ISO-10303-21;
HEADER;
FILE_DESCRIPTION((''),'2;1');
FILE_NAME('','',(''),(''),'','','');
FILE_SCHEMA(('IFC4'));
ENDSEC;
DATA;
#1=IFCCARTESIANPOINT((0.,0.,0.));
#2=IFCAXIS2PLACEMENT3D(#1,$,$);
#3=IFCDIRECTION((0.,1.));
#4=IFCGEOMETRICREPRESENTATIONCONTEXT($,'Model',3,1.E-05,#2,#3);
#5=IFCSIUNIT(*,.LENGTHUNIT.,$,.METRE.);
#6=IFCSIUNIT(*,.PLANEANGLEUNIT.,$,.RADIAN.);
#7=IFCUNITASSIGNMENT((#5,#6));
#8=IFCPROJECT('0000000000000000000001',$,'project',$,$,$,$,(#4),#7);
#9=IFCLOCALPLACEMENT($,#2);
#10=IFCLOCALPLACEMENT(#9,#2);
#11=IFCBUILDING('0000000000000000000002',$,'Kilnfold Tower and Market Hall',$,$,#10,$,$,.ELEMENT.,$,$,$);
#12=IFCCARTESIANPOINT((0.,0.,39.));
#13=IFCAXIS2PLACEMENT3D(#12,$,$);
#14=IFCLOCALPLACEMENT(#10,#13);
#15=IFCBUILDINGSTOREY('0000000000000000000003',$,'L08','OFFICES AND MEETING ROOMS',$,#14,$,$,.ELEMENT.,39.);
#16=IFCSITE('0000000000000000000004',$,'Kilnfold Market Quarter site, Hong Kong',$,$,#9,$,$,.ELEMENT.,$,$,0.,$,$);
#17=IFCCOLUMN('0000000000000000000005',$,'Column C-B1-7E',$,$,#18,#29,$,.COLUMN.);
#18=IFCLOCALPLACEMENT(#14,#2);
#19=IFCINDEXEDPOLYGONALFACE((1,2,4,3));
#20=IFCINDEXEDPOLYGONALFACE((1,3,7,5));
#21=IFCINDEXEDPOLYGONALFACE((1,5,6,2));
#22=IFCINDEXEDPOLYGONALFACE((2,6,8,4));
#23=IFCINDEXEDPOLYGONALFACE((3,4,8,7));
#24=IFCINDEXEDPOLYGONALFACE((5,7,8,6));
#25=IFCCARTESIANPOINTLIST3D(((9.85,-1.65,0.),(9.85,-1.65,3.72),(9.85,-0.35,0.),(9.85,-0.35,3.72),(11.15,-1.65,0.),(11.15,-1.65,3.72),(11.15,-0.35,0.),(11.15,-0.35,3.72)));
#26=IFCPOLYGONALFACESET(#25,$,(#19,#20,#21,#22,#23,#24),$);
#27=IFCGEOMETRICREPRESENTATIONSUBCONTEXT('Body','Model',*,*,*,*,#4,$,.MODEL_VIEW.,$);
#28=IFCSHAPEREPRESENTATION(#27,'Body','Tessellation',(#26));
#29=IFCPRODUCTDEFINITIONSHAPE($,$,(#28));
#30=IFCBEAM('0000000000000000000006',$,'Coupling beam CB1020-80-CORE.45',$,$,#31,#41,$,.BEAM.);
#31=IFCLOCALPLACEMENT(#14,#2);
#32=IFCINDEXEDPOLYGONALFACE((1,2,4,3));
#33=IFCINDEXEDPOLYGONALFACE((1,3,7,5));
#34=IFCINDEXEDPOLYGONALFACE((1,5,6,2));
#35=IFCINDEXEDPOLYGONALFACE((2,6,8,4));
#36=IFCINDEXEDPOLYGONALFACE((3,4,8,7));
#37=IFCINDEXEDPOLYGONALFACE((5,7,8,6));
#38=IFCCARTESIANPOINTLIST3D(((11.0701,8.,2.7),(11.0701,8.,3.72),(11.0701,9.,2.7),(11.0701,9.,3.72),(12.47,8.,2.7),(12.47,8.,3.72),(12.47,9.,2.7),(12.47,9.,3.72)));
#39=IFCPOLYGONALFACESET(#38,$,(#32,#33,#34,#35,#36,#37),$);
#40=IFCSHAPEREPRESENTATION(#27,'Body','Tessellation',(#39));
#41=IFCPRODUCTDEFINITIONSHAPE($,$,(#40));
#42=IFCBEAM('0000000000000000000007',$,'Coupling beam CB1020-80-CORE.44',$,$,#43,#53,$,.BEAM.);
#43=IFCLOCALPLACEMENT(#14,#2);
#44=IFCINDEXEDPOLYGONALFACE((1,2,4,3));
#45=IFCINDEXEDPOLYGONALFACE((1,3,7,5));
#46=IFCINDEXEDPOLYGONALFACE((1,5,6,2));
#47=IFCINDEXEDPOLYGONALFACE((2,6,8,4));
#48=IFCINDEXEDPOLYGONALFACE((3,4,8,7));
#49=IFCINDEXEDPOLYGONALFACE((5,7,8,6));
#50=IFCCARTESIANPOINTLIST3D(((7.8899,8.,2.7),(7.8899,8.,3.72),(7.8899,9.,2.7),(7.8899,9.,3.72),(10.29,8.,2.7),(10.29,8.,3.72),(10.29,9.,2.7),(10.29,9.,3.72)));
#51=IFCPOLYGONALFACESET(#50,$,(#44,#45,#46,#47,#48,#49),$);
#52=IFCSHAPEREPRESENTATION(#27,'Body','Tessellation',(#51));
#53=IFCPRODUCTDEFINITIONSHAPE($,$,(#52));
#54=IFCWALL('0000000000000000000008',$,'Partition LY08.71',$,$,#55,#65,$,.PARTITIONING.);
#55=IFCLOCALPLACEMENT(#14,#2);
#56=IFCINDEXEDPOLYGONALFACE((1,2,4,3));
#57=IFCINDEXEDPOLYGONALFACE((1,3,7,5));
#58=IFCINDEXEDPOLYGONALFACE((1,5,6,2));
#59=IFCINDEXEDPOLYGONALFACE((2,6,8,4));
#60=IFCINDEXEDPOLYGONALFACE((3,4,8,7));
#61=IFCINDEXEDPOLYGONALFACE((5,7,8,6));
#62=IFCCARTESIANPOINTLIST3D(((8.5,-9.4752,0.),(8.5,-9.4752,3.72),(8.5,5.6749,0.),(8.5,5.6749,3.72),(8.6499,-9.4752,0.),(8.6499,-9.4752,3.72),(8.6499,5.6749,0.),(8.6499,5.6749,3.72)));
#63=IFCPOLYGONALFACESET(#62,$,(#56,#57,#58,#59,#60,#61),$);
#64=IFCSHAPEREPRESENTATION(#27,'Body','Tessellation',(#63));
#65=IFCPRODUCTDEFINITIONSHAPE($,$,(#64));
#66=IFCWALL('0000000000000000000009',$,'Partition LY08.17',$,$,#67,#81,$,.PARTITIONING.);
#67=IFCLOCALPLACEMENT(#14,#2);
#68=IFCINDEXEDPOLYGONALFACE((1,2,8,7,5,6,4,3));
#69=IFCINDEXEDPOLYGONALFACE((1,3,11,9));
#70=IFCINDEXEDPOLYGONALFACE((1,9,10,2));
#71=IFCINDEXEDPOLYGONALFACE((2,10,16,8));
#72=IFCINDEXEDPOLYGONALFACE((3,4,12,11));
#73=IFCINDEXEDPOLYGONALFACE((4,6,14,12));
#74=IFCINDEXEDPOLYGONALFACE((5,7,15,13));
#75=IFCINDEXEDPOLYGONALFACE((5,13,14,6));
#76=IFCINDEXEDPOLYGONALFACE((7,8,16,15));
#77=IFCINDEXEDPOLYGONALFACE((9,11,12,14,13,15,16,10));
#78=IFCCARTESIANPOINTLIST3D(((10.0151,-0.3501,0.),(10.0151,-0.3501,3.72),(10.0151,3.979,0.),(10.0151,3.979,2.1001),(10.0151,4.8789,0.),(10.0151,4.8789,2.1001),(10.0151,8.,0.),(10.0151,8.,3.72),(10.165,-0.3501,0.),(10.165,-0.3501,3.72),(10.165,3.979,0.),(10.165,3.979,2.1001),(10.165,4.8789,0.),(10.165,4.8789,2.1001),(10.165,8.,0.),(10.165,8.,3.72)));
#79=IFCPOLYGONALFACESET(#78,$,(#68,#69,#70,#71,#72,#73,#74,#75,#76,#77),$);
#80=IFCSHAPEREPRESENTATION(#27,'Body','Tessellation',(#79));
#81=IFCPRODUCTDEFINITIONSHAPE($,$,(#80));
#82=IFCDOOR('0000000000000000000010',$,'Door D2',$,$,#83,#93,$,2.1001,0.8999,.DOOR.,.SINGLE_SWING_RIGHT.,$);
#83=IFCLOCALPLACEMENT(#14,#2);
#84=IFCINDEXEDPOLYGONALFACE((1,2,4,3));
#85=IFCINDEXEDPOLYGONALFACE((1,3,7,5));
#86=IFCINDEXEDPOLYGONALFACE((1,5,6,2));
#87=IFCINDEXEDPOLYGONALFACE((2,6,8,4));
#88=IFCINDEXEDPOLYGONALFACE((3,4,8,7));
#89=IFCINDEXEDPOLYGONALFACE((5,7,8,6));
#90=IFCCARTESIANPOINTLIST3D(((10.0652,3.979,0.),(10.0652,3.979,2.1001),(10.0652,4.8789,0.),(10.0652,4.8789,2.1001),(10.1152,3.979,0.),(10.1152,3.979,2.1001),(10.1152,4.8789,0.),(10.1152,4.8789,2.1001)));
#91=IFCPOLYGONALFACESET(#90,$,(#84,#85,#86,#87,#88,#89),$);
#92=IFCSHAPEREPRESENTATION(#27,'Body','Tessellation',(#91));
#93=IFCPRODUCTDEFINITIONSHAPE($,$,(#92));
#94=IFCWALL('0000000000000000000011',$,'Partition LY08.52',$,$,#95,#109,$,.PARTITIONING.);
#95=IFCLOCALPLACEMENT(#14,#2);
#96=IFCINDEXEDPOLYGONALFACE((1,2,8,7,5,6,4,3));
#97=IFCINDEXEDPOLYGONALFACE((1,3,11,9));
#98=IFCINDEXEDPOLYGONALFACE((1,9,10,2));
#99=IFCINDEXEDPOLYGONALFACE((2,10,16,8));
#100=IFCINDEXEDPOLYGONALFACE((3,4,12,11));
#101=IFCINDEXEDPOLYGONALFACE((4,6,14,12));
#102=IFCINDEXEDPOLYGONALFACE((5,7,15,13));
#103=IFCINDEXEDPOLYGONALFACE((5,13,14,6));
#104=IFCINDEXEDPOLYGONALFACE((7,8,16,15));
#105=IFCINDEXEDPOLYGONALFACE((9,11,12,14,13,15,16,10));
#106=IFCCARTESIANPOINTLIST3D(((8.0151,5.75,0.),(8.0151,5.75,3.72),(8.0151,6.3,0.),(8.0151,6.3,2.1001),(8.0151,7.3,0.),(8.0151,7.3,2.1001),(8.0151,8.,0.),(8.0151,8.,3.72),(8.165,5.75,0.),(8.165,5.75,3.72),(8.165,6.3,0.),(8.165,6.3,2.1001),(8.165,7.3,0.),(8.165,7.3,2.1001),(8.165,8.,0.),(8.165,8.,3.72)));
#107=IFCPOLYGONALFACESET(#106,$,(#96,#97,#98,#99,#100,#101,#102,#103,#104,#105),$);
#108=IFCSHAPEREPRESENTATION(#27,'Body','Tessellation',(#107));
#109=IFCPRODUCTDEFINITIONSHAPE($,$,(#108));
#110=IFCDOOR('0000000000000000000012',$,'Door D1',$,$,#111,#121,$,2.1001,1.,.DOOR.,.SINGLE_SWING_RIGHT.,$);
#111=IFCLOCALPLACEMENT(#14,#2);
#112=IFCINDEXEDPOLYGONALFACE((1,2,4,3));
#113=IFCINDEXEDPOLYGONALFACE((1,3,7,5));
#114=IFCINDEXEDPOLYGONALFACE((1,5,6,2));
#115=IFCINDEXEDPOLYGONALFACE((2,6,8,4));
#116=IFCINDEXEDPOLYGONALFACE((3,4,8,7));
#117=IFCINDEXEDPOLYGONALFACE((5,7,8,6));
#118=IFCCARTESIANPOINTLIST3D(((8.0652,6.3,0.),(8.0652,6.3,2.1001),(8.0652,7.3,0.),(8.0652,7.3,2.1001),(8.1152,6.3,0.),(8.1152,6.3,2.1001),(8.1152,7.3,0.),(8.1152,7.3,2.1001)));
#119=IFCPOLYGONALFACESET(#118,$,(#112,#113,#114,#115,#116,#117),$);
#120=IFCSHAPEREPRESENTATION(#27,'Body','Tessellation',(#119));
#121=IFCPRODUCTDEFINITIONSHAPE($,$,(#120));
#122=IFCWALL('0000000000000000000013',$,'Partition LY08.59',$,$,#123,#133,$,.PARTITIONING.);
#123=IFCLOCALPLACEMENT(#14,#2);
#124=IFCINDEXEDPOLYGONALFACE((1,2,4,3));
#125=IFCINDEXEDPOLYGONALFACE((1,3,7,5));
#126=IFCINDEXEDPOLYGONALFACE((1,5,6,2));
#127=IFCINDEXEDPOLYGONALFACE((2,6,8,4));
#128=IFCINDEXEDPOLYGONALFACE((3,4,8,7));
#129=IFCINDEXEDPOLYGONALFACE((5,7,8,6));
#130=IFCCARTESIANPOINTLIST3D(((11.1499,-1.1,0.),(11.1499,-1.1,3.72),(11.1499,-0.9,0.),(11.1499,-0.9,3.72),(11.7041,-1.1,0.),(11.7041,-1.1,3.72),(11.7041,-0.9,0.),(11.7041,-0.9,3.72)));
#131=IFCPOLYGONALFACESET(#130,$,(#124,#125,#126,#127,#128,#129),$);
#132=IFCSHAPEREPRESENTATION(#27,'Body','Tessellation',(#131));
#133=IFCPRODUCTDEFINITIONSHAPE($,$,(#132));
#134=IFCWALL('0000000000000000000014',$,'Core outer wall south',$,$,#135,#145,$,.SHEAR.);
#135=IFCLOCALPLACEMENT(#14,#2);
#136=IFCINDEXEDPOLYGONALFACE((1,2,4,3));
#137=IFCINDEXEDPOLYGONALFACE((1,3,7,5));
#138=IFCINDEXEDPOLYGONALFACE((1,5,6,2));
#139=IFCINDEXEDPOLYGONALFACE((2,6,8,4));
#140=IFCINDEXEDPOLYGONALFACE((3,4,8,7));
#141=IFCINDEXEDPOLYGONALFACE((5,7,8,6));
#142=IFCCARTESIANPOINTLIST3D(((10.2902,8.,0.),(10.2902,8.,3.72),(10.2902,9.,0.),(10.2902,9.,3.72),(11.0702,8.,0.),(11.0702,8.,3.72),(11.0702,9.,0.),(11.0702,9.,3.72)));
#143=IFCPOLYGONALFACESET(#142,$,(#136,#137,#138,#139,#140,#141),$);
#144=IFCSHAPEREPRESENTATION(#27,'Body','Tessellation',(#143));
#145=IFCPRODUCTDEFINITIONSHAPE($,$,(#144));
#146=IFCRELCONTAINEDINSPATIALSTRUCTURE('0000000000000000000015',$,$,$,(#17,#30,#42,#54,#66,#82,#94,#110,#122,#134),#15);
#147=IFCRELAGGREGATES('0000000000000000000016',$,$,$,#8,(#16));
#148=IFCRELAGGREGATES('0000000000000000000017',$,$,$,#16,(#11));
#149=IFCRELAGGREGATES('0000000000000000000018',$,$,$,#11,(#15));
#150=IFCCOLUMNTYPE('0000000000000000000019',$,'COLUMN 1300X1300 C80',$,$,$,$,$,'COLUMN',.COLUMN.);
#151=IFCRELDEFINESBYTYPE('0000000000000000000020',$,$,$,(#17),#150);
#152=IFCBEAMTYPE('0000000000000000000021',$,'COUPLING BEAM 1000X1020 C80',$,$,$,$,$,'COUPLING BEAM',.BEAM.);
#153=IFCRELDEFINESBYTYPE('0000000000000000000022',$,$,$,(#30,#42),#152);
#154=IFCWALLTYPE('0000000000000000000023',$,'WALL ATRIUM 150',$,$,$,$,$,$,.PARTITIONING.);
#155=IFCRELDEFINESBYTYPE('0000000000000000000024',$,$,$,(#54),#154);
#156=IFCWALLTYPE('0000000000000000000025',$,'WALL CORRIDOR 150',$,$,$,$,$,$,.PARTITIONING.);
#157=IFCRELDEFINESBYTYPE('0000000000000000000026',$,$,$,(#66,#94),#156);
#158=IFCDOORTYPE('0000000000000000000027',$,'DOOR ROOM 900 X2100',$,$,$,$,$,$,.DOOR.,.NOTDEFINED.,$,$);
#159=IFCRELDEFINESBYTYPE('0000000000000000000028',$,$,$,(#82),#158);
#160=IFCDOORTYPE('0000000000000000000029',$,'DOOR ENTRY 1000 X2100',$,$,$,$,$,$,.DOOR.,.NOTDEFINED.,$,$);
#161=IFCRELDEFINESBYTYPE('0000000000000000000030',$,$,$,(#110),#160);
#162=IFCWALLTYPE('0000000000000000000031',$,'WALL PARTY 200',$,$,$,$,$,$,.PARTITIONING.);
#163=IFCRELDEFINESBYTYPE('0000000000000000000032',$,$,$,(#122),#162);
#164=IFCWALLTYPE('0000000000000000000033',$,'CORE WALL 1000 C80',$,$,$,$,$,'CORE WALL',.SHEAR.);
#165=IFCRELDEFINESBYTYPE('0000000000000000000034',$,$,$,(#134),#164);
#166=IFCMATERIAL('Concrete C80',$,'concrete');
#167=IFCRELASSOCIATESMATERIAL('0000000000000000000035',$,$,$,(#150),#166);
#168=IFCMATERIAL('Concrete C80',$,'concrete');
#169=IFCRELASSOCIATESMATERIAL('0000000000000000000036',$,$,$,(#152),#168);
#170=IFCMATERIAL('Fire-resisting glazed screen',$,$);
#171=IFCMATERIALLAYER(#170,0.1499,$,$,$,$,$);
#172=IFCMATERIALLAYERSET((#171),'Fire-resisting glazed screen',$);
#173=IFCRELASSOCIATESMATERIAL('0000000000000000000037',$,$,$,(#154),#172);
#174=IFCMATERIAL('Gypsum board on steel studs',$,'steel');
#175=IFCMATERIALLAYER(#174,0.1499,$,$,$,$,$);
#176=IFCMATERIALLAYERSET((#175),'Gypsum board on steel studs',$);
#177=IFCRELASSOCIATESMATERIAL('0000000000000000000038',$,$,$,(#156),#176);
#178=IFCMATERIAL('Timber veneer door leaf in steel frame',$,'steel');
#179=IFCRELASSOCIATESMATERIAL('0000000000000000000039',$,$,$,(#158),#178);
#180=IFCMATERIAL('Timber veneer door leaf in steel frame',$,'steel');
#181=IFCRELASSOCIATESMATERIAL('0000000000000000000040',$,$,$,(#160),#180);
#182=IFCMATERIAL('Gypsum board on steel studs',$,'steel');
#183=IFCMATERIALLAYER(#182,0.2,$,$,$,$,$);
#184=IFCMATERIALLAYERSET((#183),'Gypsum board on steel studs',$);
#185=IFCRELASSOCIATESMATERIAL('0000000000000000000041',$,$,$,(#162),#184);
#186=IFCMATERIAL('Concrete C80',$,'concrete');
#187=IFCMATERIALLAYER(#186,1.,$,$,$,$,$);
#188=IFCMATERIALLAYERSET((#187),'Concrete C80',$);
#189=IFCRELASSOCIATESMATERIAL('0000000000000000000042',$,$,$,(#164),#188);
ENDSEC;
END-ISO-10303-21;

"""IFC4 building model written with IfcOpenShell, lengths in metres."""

from ifc_helpers import new_model, si_unit, direction, frame, frame_2d, origin, origin_2d, place, context, subcontext, project, spatial, rectangle, extrude, source, transform, mapped, material, layer, layer_set, material_profile, profile_set, type_object, element, fill, save


model = new_model("IFC4")

# Units and contexts
model_context = context("Model", 3, precision=1e-05, world=origin(), true_north=direction((0.0, 1.0)))
body_context = subcontext(model_context, "Body", "Model", "MODEL_VIEW")
ifc_project = project(units=[si_unit("LENGTHUNIT", "METRE"), si_unit("PLANEANGLEUNIT", "RADIAN")], contexts=[model_context])

# Site, building, storey
site_placement = place(None, origin())
site = spatial("IfcSite", under=ifc_project, at=site_placement, Name="Kilnfold Market Quarter site, Hong Kong", CompositionType="ELEMENT", RefElevation=0.0)
building_placement = place(site_placement, origin())
building = spatial("IfcBuilding", under=site, at=building_placement, Name="Kilnfold Tower and Market Hall", CompositionType="ELEMENT")
storey_placement = place(building_placement, frame((0.0, 0.0, 39.0)))
storey = spatial("IfcBuildingStorey", under=building, at=storey_placement, Name="L08", Description="OFFICES AND MEETING ROOMS", CompositionType="ELEMENT", Elevation=39.0)

# Column
ifc_material_1 = material(Name="Concrete C80", Category="concrete")
ifc_material_profile_1 = material_profile(ifc_material_1, rectangle(XDim=1.3, YDim=1.3, at=origin_2d()), Name="RC 1300x1300")
ifc_profile_set_1 = profile_set([ifc_material_profile_1], Name="Concrete C80")
column_type = type_object("IfcColumnType", Name="COLUMN 1300X1300 C80", ElementType="COLUMN", PredefinedType="COLUMN", material=ifc_profile_set_1)
shared_shape_1 = source(origin(), body_context, "Body", "SweptSolid", [
    extrude(rectangle(XDim=1.3, YDim=1.3, at=origin_2d()), origin(), (0.0, 0.0, 1.0), 3.72),
])
column_placement = place(storey_placement, frame((10.5, -1.0, 0.0), z_axis=(0.0, 0.0, 1.0), x_axis=(1.0, 0.0, 0.0)))
element("IfcColumn", 1, at=column_placement, inside=storey, type_object=column_type, Name="Column C-B1-7E", PredefinedType="COLUMN", context=body_context, shape_type="MappedRepresentation", body=[
    mapped(shared_shape_1, transform((0.0, 0.0, 0.0))),
])

# Beams
ifc_material_2 = material(Name="Concrete C80", Category="concrete")
ifc_material_profile_2 = material_profile(ifc_material_2, rectangle(XDim=1.0, YDim=1.02, at=origin_2d()), Name="RC 1000x1020")
ifc_profile_set_2 = profile_set([ifc_material_profile_2], Name="Concrete C80")
beam_type = type_object("IfcBeamType", Name="COUPLING BEAM 1000X1020 C80", ElementType="COUPLING BEAM", PredefinedType="BEAM", material=ifc_profile_set_2)
shared_shape_2 = source(origin(), body_context, "Body", "SweptSolid", [
    extrude(rectangle(XDim=1.0, YDim=1.02, at=origin_2d()), origin(), (0.0, 0.0, 1.0), 1.3999),
])
beam_1_placement = place(storey_placement, frame((11.0701, 8.5, 3.21), z_axis=(1.0, 0.0, 0.0), x_axis=(0.0, 1.0, 0.0)))
element("IfcBeam", 2, at=beam_1_placement, inside=storey, type_object=beam_type, Name="Coupling beam CB1020-80-CORE.45", PredefinedType="BEAM", context=body_context, shape_type="MappedRepresentation", body=[
    mapped(shared_shape_2, transform((0.0, 0.0, 0.0))),
])
shared_shape_3 = source(origin(), body_context, "Body", "SweptSolid", [
    extrude(rectangle(XDim=1.0, YDim=1.02, at=origin_2d()), origin(), (0.0, 0.0, 1.0), 2.4001),
])
beam_2_placement = place(storey_placement, frame((7.8899, 8.5, 3.21), z_axis=(1.0, 0.0, 0.0), x_axis=(0.0, 1.0, 0.0)))
element("IfcBeam", 3, at=beam_2_placement, inside=storey, type_object=beam_type, Name="Coupling beam CB1020-80-CORE.44", PredefinedType="BEAM", context=body_context, shape_type="MappedRepresentation", body=[
    mapped(shared_shape_3, transform((0.0, 0.0, 0.0))),
])

# Wall
ifc_material_3 = material(Name="Fire-resisting glazed screen")
ifc_layer_1 = layer(ifc_material_3, 0.1499)
ifc_layer_set_1 = layer_set([ifc_layer_1], Name="Fire-resisting glazed screen")
wall_type_1 = type_object("IfcWallType", Name="WALL ATRIUM 150", PredefinedType="PARTITIONING", material=ifc_layer_set_1)
wall_1_placement = place(storey_placement, frame((8.575, 5.675, 0.0), z_axis=(0.0, 0.0, 1.0), x_axis=(0.0, -1.0, 0.0)))
element("IfcWall", 4, at=wall_1_placement, inside=storey, type_object=wall_type_1, Name="Partition LY08.71", PredefinedType="PARTITIONING", context=body_context, shape_type="SweptSolid", body=[
    extrude(rectangle(XDim=15.1501, YDim=0.1499, at=frame_2d((7.5752, 0.0))), origin(), (0.0, 0.0, 1.0), 3.72),
])

# Walls, openings, doors
ifc_material_4 = material(Name="Gypsum board on steel studs", Category="steel")
ifc_layer_2 = layer(ifc_material_4, 0.1499)
ifc_layer_set_2 = layer_set([ifc_layer_2], Name="Gypsum board on steel studs")
wall_type_2 = type_object("IfcWallType", Name="WALL CORRIDOR 150", PredefinedType="PARTITIONING", material=ifc_layer_set_2)
wall_2_placement = place(storey_placement, frame((10.0901, -0.3501, 0.0), z_axis=(0.0, 0.0, 1.0), x_axis=(0.0, 1.0, 0.0)))
wall_2 = element("IfcWall", 5, at=wall_2_placement, inside=storey, type_object=wall_type_2, Name="Partition LY08.17", PredefinedType="PARTITIONING", context=body_context, shape_type="SweptSolid", body=[
    extrude(rectangle(XDim=8.3501, YDim=0.1499, at=frame_2d((4.175, 0.0))), origin(), (0.0, 0.0, 1.0), 3.72),
])
opening_1_placement = place(wall_2_placement, frame((4.3291, 0.0, 0.0)))
opening_1 = element("IfcOpeningElement", 6, at=opening_1_placement, cuts=wall_2, PredefinedType="OPENING", context=body_context, shape_type="SweptSolid", body=[
    extrude(rectangle(XDim=0.8999, YDim=2.1001, at=frame_2d((0.45, 1.05))), frame((0.0, 0.085, 0.0), z_axis=(0.0, -1.0, 0.0), x_axis=(1.0, 0.0, 0.0)), (0.0, 0.0, 1.0), 0.1699),
])
ifc_material_5 = material(Name="Timber veneer door leaf in steel frame", Category="steel")
door_type_1 = type_object("IfcDoorType", Name="DOOR ROOM 900 X2100", OperationType="NOTDEFINED", PredefinedType="DOOR", material=ifc_material_5)
door_1_placement = place(opening_1_placement, origin())
door_1 = element("IfcDoor", 7, at=door_1_placement, inside=storey, type_object=door_type_1, Name="Door D2", OperationType="SINGLE_SWING_RIGHT", OverallHeight=2.1001, OverallWidth=0.8999, PredefinedType="DOOR", context=body_context, shape_type="SweptSolid", body=[
    extrude(rectangle(XDim=0.8999, YDim=2.1001, at=frame_2d((0.45, 1.05))), frame((0.0, 0.0249, 0.0), z_axis=(0.0, -1.0, 0.0), x_axis=(1.0, 0.0, 0.0)), (0.0, 0.0, 1.0), 0.05),
])
fill(opening_1, door_1)
wall_3_placement = place(storey_placement, frame((8.0901, 5.75, 0.0), z_axis=(0.0, 0.0, 1.0), x_axis=(0.0, 1.0, 0.0)))
wall_3 = element("IfcWall", 8, at=wall_3_placement, inside=storey, type_object=wall_type_2, Name="Partition LY08.52", PredefinedType="PARTITIONING", context=body_context, shape_type="SweptSolid", body=[
    extrude(rectangle(XDim=2.25, YDim=0.1499, at=frame_2d((1.125, 0.0))), origin(), (0.0, 0.0, 1.0), 3.72),
])
opening_2_placement = place(wall_3_placement, frame((0.55, 0.0, 0.0)))
opening_2 = element("IfcOpeningElement", 9, at=opening_2_placement, cuts=wall_3, PredefinedType="OPENING", context=body_context, shape_type="SweptSolid", body=[
    extrude(rectangle(XDim=1.0, YDim=2.1001, at=frame_2d((0.5, 1.05))), frame((0.0, 0.085, 0.0), z_axis=(0.0, -1.0, 0.0), x_axis=(1.0, 0.0, 0.0)), (0.0, 0.0, 1.0), 0.1699),
])
ifc_material_6 = material(Name="Timber veneer door leaf in steel frame", Category="steel")
door_type_2 = type_object("IfcDoorType", Name="DOOR ENTRY 1000 X2100", OperationType="NOTDEFINED", PredefinedType="DOOR", material=ifc_material_6)
door_2_placement = place(opening_2_placement, origin())
door_2 = element("IfcDoor", 10, at=door_2_placement, inside=storey, type_object=door_type_2, Name="Door D1", OperationType="SINGLE_SWING_RIGHT", OverallHeight=2.1001, OverallWidth=1.0, PredefinedType="DOOR", context=body_context, shape_type="SweptSolid", body=[
    extrude(rectangle(XDim=1.0, YDim=2.1001, at=frame_2d((0.5, 1.05))), frame((0.0, 0.0249, 0.0), z_axis=(0.0, -1.0, 0.0), x_axis=(1.0, 0.0, 0.0)), (0.0, 0.0, 1.0), 0.05),
])
fill(opening_2, door_2)

# Walls
ifc_material_7 = material(Name="Gypsum board on steel studs", Category="steel")
ifc_layer_3 = layer(ifc_material_7, 0.2)
ifc_layer_set_3 = layer_set([ifc_layer_3], Name="Gypsum board on steel studs")
wall_type_3 = type_object("IfcWallType", Name="WALL PARTY 200", PredefinedType="PARTITIONING", material=ifc_layer_set_3)
wall_4_placement = place(storey_placement, frame((11.1499, -1.0, 0.0), z_axis=(0.0, 0.0, 1.0), x_axis=(1.0, 0.0, 0.0)))
element("IfcWall", 11, at=wall_4_placement, inside=storey, type_object=wall_type_3, Name="Partition LY08.59", PredefinedType="PARTITIONING", context=body_context, shape_type="SweptSolid", body=[
    extrude(rectangle(XDim=0.5542, YDim=0.2, at=frame_2d((0.2771, 0.0))), origin(), (0.0, 0.0, 1.0), 3.72),
])
ifc_material_8 = material(Name="Concrete C80", Category="concrete")
ifc_layer_4 = layer(ifc_material_8, 1.0)
ifc_layer_set_4 = layer_set([ifc_layer_4], Name="Concrete C80")
wall_type_4 = type_object("IfcWallType", Name="CORE WALL 1000 C80", ElementType="CORE WALL", PredefinedType="SHEAR", material=ifc_layer_set_4)
shared_shape_4 = source(origin(), body_context, "Body", "SweptSolid", [
    extrude(rectangle(XDim=0.78, YDim=1.0, at=frame_2d((0.3901, 0.0))), origin(), (0.0, 0.0, 1.0), 3.72),
])
wall_5_placement = place(storey_placement, frame((10.29, 8.5, 0.0), z_axis=(0.0, 0.0, 1.0), x_axis=(1.0, 0.0, 0.0)))
element("IfcWall", 12, at=wall_5_placement, inside=storey, type_object=wall_type_4, Name="Core outer wall south", PredefinedType="SHEAR", context=body_context, shape_type="MappedRepresentation", body=[
    mapped(shared_shape_4, transform((0.0, 0.0, 0.0))),
])

save(model, "model.ifc")
